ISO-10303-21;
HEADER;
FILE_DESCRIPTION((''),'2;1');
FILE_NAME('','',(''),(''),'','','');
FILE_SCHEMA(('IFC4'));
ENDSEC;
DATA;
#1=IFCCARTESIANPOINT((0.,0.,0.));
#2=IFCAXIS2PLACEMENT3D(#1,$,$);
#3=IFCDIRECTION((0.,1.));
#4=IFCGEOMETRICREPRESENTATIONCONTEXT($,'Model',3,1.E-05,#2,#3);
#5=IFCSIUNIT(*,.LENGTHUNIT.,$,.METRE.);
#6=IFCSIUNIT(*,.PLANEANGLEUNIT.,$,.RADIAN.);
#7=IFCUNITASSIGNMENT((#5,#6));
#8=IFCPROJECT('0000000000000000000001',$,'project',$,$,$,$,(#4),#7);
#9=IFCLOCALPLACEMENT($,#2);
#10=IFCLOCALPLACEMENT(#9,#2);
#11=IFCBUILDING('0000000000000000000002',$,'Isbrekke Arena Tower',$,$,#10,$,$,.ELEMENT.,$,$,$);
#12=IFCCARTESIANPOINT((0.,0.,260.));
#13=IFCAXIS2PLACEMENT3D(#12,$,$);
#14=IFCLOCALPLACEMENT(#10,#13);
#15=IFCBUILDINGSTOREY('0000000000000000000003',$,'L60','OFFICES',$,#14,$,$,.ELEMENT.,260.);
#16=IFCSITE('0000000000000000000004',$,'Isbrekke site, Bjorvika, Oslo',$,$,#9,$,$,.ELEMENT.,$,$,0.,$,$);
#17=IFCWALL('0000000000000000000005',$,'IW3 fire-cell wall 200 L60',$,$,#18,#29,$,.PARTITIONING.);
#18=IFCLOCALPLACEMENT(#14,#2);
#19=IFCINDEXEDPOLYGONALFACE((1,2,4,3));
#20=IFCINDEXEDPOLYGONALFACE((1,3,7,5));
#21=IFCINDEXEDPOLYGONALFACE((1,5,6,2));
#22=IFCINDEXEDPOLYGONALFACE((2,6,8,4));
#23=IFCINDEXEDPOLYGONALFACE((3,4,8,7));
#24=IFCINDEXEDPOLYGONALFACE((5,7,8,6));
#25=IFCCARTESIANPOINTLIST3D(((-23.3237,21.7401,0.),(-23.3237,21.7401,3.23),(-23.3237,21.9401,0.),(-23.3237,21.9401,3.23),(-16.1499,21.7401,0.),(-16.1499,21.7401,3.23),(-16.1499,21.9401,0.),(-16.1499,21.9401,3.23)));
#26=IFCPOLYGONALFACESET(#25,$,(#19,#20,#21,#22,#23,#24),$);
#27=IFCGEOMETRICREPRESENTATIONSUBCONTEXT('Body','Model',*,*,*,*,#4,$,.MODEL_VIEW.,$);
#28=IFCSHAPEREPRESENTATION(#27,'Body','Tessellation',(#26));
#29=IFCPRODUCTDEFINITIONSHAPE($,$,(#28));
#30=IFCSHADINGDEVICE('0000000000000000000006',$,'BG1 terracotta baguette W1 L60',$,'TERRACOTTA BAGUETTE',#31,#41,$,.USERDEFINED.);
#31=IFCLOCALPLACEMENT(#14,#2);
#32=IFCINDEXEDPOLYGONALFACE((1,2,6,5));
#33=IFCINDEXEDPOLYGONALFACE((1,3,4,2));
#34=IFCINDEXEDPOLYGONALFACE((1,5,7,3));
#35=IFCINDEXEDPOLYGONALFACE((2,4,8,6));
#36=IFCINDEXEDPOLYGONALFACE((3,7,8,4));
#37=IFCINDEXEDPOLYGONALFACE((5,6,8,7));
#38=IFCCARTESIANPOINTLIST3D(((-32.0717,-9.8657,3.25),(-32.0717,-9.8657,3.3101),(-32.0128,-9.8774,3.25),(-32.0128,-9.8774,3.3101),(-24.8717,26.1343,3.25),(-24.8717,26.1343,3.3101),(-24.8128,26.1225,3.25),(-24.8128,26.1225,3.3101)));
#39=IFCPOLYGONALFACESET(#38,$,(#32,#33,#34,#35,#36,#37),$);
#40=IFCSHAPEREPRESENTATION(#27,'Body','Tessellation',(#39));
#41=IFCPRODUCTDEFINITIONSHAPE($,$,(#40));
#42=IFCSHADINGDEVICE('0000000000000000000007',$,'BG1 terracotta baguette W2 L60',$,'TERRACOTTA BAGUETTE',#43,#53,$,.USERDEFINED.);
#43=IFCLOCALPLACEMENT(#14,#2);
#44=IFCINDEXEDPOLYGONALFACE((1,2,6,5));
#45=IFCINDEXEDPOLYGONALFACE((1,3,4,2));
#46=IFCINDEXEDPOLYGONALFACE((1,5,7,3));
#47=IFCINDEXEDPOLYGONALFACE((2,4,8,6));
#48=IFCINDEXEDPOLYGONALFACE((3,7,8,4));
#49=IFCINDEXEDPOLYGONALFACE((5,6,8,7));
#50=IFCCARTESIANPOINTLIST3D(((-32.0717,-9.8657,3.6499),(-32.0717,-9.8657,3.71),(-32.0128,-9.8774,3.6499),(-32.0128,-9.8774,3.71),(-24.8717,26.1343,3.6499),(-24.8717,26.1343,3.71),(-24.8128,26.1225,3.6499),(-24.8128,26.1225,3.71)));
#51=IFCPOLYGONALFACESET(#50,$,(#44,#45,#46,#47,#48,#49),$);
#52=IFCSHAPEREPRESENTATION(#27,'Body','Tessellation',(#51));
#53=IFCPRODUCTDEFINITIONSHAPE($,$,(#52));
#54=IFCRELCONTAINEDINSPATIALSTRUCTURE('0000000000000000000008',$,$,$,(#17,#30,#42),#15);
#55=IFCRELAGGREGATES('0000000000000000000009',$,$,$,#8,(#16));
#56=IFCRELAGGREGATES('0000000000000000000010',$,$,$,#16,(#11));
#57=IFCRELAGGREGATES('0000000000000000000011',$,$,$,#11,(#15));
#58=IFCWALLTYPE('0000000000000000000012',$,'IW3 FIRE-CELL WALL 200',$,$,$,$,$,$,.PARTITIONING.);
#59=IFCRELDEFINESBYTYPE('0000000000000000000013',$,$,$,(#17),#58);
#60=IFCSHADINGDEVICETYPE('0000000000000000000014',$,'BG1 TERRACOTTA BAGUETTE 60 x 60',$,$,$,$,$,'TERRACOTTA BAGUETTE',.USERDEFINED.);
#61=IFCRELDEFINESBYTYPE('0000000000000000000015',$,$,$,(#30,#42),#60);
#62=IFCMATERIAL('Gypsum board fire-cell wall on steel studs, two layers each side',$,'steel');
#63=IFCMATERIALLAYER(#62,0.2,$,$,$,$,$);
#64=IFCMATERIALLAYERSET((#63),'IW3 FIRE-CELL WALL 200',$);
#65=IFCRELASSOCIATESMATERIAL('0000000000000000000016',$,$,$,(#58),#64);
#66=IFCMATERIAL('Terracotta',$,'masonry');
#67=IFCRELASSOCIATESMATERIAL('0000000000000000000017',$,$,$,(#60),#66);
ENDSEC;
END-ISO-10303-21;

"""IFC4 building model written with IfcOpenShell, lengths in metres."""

from ifc_helpers import new_model, si_unit, direction, frame, frame_2d, origin, origin_2d, place, context, subcontext, project, spatial, rectangle, extrude, material, layer, layer_set, material_profile, profile_set, type_object, element, save


model = new_model("IFC4")

# Units and contexts
model_context = context("Model", 3, precision=1e-05, world=origin(), true_north=direction((0.0, 1.0)))
body_context = subcontext(model_context, "Body", "Model", "MODEL_VIEW")
ifc_project = project(units=[si_unit("LENGTHUNIT", "METRE"), si_unit("PLANEANGLEUNIT", "RADIAN")], contexts=[model_context])

# Site, building, storey
site_placement = place(None, origin())
site = spatial("IfcSite", under=ifc_project, at=site_placement, Name="Isbrekke site, Bjorvika, Oslo", CompositionType="ELEMENT", RefElevation=0.0)
building_placement = place(site_placement, origin())
building = spatial("IfcBuilding", under=site, at=building_placement, Name="Isbrekke Arena Tower", CompositionType="ELEMENT")
storey_placement = place(building_placement, frame((0.0, 0.0, 260.0)))
storey = spatial("IfcBuildingStorey", under=building, at=storey_placement, Name="L60", Description="OFFICES", CompositionType="ELEMENT", Elevation=260.0)

# Wall
ifc_material_1 = material(Name="Gypsum board fire-cell wall on steel studs, two layers each side", Category="steel")
ifc_layer_1 = layer(ifc_material_1, 0.2)
ifc_layer_set_1 = layer_set([ifc_layer_1], Name="IW3 FIRE-CELL WALL 200")
wall_type = type_object("IfcWallType", Name="IW3 FIRE-CELL WALL 200", PredefinedType="PARTITIONING", material=ifc_layer_set_1)
wall_1_placement = place(storey_placement, frame((-23.3237, 21.8401, 0.0), z_axis=(0.0, 0.0, 1.0), x_axis=(1.0, 0.0, 0.0)))
element("IfcWall", 1, at=wall_1_placement, inside=storey, type_object=wall_type, Name="IW3 fire-cell wall 200 L60", PredefinedType="PARTITIONING", context=body_context, shape_type="SweptSolid", body=[
    extrude(rectangle(XDim=7.1738, YDim=0.2, at=frame_2d((3.5869, 0.0))), origin(), (0.0, 0.0, 1.0), 3.23),
])

# Shading devices
ifc_material_2 = material(Name="Terracotta", Category="masonry")
ifc_material_profile_1 = material_profile(ifc_material_2, rectangle(XDim=0.0601, YDim=0.0601, at=origin_2d()), Name="BAGUETTE 60X60")
ifc_profile_set_1 = profile_set([ifc_material_profile_1], Name="Terracotta")
shading_device_type = type_object("IfcShadingDeviceType", Name="BG1 TERRACOTTA BAGUETTE 60 x 60", ElementType="TERRACOTTA BAGUETTE", PredefinedType="USERDEFINED", material=ifc_profile_set_1)
for number, where, z_axis, x_axis, name in (
    (2, (-24.8423, 26.1284, 3.28), (-0.196115, -0.980581, 0.0), (0.980581, -0.196115, 0.0), "BG1 terracotta baguette W1 L60"),
    (3, (-24.8423, 26.1284, 3.6799), (-0.196115, -0.980581, 0.0), (0.980581, -0.196115, 0.0), "BG1 terracotta baguette W2 L60"),
):
    element("IfcShadingDevice", number, at=place(storey_placement, frame(where, z_axis=z_axis, x_axis=x_axis)), inside=storey, type_object=shading_device_type, Name=name, ObjectType="TERRACOTTA BAGUETTE", PredefinedType="USERDEFINED", context=body_context, shape_type="SweptSolid", body=[
        extrude(rectangle(XDim=0.0601, YDim=0.0601, at=origin_2d()), origin(), (0.0, 0.0, 1.0), 36.7129),
    ])

save(model, "model.ifc")
